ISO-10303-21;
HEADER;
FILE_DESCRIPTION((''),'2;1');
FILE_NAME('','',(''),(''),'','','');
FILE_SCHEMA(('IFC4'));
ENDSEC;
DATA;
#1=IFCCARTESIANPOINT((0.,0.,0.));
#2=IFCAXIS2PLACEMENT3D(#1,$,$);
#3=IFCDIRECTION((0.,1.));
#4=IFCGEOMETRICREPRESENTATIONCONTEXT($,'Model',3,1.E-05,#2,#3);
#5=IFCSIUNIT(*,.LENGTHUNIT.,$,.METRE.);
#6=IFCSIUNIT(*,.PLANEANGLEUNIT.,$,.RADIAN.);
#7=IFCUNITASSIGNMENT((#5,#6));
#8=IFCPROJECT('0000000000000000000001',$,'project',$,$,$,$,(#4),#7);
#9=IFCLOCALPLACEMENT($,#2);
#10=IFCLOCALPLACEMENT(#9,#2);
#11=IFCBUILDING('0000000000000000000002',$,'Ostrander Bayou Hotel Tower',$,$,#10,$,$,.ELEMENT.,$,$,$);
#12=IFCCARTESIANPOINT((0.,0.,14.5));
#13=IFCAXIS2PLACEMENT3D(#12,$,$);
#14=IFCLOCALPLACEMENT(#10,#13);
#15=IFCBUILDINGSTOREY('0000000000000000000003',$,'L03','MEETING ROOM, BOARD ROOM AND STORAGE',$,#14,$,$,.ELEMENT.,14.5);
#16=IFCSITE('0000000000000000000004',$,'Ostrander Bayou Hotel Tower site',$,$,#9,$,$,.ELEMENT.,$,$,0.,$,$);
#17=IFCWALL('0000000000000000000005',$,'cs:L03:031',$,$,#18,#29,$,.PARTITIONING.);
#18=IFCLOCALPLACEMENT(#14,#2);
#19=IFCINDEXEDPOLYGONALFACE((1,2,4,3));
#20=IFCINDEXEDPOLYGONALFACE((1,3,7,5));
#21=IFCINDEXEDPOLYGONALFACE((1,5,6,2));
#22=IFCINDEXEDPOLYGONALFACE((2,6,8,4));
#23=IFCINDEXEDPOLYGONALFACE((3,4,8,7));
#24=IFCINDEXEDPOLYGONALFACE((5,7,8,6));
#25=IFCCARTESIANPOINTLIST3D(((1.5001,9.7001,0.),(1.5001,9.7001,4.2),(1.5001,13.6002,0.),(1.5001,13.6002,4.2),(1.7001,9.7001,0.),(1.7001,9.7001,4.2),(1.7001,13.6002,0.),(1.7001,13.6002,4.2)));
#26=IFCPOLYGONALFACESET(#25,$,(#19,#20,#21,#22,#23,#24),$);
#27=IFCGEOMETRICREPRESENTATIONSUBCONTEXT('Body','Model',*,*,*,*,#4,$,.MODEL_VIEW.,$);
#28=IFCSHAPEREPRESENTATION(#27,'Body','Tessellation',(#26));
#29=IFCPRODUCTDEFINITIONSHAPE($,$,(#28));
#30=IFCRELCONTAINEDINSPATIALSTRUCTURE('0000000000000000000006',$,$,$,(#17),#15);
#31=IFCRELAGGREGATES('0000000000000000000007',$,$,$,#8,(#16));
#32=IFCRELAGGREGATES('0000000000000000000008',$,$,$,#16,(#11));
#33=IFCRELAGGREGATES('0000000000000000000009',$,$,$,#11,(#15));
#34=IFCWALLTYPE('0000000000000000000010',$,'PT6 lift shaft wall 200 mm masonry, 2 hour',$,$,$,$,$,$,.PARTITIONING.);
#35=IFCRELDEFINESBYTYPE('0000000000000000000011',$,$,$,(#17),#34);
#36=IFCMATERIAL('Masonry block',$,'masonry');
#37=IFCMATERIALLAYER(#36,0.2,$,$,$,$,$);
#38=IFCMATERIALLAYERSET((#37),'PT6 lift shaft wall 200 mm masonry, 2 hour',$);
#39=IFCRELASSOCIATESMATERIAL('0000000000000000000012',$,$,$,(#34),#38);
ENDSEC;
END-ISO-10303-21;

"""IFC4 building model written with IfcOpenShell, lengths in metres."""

from ifc_helpers import new_model, si_unit, direction, frame, frame_2d, origin, place, context, subcontext, project, spatial, rectangle, extrude, material, layer, layer_set, type_object, element, save


model = new_model("IFC4")

# Units and contexts
model_context = context("Model", 3, precision=1e-05, world=origin(), true_north=direction((0.0, 1.0)))
body_context = subcontext(model_context, "Body", "Model", "MODEL_VIEW")
ifc_project = project(units=[si_unit("LENGTHUNIT", "METRE"), si_unit("PLANEANGLEUNIT", "RADIAN")], contexts=[model_context])

# Site, building, storey
site_placement = place(None, origin())
site = spatial("IfcSite", under=ifc_project, at=site_placement, Name="Ostrander Bayou Hotel Tower site", CompositionType="ELEMENT", RefElevation=0.0)
building_placement = place(site_placement, origin())
building = spatial("IfcBuilding", under=site, at=building_placement, Name="Ostrander Bayou Hotel Tower", CompositionType="ELEMENT")
storey_placement = place(building_placement, frame((0.0, 0.0, 14.5)))
storey = spatial("IfcBuildingStorey", under=building, at=storey_placement, Name="L03", Description="MEETING ROOM, BOARD ROOM AND STORAGE", CompositionType="ELEMENT", Elevation=14.5)

# Wall
ifc_material_1 = material(Name="Masonry block", Category="masonry")
ifc_layer_1 = layer(ifc_material_1, 0.2)
ifc_layer_set_1 = layer_set([ifc_layer_1], Name="PT6 lift shaft wall 200 mm masonry, 2 hour")
wall_type_1 = type_object("IfcWallType", Name="PT6 lift shaft wall 200 mm masonry, 2 hour", PredefinedType="PARTITIONING", material=ifc_layer_set_1)
wall_1_placement = place(storey_placement, frame((1.6001, 9.7, 0.0), z_axis=(0.0, 0.0, 1.0), x_axis=(0.0, 1.0, 0.0)))
element("IfcWall", 1, at=wall_1_placement, inside=storey, type_object=wall_type_1, Name="cs:L03:031", PredefinedType="PARTITIONING", context=body_context, shape_type="SweptSolid", body=[
    extrude(rectangle(XDim=3.9001, YDim=0.2, at=frame_2d((1.9502, 0.0))), origin(), (0.0, 0.0, 1.0), 4.2),
])

save(model, "model.ifc")
